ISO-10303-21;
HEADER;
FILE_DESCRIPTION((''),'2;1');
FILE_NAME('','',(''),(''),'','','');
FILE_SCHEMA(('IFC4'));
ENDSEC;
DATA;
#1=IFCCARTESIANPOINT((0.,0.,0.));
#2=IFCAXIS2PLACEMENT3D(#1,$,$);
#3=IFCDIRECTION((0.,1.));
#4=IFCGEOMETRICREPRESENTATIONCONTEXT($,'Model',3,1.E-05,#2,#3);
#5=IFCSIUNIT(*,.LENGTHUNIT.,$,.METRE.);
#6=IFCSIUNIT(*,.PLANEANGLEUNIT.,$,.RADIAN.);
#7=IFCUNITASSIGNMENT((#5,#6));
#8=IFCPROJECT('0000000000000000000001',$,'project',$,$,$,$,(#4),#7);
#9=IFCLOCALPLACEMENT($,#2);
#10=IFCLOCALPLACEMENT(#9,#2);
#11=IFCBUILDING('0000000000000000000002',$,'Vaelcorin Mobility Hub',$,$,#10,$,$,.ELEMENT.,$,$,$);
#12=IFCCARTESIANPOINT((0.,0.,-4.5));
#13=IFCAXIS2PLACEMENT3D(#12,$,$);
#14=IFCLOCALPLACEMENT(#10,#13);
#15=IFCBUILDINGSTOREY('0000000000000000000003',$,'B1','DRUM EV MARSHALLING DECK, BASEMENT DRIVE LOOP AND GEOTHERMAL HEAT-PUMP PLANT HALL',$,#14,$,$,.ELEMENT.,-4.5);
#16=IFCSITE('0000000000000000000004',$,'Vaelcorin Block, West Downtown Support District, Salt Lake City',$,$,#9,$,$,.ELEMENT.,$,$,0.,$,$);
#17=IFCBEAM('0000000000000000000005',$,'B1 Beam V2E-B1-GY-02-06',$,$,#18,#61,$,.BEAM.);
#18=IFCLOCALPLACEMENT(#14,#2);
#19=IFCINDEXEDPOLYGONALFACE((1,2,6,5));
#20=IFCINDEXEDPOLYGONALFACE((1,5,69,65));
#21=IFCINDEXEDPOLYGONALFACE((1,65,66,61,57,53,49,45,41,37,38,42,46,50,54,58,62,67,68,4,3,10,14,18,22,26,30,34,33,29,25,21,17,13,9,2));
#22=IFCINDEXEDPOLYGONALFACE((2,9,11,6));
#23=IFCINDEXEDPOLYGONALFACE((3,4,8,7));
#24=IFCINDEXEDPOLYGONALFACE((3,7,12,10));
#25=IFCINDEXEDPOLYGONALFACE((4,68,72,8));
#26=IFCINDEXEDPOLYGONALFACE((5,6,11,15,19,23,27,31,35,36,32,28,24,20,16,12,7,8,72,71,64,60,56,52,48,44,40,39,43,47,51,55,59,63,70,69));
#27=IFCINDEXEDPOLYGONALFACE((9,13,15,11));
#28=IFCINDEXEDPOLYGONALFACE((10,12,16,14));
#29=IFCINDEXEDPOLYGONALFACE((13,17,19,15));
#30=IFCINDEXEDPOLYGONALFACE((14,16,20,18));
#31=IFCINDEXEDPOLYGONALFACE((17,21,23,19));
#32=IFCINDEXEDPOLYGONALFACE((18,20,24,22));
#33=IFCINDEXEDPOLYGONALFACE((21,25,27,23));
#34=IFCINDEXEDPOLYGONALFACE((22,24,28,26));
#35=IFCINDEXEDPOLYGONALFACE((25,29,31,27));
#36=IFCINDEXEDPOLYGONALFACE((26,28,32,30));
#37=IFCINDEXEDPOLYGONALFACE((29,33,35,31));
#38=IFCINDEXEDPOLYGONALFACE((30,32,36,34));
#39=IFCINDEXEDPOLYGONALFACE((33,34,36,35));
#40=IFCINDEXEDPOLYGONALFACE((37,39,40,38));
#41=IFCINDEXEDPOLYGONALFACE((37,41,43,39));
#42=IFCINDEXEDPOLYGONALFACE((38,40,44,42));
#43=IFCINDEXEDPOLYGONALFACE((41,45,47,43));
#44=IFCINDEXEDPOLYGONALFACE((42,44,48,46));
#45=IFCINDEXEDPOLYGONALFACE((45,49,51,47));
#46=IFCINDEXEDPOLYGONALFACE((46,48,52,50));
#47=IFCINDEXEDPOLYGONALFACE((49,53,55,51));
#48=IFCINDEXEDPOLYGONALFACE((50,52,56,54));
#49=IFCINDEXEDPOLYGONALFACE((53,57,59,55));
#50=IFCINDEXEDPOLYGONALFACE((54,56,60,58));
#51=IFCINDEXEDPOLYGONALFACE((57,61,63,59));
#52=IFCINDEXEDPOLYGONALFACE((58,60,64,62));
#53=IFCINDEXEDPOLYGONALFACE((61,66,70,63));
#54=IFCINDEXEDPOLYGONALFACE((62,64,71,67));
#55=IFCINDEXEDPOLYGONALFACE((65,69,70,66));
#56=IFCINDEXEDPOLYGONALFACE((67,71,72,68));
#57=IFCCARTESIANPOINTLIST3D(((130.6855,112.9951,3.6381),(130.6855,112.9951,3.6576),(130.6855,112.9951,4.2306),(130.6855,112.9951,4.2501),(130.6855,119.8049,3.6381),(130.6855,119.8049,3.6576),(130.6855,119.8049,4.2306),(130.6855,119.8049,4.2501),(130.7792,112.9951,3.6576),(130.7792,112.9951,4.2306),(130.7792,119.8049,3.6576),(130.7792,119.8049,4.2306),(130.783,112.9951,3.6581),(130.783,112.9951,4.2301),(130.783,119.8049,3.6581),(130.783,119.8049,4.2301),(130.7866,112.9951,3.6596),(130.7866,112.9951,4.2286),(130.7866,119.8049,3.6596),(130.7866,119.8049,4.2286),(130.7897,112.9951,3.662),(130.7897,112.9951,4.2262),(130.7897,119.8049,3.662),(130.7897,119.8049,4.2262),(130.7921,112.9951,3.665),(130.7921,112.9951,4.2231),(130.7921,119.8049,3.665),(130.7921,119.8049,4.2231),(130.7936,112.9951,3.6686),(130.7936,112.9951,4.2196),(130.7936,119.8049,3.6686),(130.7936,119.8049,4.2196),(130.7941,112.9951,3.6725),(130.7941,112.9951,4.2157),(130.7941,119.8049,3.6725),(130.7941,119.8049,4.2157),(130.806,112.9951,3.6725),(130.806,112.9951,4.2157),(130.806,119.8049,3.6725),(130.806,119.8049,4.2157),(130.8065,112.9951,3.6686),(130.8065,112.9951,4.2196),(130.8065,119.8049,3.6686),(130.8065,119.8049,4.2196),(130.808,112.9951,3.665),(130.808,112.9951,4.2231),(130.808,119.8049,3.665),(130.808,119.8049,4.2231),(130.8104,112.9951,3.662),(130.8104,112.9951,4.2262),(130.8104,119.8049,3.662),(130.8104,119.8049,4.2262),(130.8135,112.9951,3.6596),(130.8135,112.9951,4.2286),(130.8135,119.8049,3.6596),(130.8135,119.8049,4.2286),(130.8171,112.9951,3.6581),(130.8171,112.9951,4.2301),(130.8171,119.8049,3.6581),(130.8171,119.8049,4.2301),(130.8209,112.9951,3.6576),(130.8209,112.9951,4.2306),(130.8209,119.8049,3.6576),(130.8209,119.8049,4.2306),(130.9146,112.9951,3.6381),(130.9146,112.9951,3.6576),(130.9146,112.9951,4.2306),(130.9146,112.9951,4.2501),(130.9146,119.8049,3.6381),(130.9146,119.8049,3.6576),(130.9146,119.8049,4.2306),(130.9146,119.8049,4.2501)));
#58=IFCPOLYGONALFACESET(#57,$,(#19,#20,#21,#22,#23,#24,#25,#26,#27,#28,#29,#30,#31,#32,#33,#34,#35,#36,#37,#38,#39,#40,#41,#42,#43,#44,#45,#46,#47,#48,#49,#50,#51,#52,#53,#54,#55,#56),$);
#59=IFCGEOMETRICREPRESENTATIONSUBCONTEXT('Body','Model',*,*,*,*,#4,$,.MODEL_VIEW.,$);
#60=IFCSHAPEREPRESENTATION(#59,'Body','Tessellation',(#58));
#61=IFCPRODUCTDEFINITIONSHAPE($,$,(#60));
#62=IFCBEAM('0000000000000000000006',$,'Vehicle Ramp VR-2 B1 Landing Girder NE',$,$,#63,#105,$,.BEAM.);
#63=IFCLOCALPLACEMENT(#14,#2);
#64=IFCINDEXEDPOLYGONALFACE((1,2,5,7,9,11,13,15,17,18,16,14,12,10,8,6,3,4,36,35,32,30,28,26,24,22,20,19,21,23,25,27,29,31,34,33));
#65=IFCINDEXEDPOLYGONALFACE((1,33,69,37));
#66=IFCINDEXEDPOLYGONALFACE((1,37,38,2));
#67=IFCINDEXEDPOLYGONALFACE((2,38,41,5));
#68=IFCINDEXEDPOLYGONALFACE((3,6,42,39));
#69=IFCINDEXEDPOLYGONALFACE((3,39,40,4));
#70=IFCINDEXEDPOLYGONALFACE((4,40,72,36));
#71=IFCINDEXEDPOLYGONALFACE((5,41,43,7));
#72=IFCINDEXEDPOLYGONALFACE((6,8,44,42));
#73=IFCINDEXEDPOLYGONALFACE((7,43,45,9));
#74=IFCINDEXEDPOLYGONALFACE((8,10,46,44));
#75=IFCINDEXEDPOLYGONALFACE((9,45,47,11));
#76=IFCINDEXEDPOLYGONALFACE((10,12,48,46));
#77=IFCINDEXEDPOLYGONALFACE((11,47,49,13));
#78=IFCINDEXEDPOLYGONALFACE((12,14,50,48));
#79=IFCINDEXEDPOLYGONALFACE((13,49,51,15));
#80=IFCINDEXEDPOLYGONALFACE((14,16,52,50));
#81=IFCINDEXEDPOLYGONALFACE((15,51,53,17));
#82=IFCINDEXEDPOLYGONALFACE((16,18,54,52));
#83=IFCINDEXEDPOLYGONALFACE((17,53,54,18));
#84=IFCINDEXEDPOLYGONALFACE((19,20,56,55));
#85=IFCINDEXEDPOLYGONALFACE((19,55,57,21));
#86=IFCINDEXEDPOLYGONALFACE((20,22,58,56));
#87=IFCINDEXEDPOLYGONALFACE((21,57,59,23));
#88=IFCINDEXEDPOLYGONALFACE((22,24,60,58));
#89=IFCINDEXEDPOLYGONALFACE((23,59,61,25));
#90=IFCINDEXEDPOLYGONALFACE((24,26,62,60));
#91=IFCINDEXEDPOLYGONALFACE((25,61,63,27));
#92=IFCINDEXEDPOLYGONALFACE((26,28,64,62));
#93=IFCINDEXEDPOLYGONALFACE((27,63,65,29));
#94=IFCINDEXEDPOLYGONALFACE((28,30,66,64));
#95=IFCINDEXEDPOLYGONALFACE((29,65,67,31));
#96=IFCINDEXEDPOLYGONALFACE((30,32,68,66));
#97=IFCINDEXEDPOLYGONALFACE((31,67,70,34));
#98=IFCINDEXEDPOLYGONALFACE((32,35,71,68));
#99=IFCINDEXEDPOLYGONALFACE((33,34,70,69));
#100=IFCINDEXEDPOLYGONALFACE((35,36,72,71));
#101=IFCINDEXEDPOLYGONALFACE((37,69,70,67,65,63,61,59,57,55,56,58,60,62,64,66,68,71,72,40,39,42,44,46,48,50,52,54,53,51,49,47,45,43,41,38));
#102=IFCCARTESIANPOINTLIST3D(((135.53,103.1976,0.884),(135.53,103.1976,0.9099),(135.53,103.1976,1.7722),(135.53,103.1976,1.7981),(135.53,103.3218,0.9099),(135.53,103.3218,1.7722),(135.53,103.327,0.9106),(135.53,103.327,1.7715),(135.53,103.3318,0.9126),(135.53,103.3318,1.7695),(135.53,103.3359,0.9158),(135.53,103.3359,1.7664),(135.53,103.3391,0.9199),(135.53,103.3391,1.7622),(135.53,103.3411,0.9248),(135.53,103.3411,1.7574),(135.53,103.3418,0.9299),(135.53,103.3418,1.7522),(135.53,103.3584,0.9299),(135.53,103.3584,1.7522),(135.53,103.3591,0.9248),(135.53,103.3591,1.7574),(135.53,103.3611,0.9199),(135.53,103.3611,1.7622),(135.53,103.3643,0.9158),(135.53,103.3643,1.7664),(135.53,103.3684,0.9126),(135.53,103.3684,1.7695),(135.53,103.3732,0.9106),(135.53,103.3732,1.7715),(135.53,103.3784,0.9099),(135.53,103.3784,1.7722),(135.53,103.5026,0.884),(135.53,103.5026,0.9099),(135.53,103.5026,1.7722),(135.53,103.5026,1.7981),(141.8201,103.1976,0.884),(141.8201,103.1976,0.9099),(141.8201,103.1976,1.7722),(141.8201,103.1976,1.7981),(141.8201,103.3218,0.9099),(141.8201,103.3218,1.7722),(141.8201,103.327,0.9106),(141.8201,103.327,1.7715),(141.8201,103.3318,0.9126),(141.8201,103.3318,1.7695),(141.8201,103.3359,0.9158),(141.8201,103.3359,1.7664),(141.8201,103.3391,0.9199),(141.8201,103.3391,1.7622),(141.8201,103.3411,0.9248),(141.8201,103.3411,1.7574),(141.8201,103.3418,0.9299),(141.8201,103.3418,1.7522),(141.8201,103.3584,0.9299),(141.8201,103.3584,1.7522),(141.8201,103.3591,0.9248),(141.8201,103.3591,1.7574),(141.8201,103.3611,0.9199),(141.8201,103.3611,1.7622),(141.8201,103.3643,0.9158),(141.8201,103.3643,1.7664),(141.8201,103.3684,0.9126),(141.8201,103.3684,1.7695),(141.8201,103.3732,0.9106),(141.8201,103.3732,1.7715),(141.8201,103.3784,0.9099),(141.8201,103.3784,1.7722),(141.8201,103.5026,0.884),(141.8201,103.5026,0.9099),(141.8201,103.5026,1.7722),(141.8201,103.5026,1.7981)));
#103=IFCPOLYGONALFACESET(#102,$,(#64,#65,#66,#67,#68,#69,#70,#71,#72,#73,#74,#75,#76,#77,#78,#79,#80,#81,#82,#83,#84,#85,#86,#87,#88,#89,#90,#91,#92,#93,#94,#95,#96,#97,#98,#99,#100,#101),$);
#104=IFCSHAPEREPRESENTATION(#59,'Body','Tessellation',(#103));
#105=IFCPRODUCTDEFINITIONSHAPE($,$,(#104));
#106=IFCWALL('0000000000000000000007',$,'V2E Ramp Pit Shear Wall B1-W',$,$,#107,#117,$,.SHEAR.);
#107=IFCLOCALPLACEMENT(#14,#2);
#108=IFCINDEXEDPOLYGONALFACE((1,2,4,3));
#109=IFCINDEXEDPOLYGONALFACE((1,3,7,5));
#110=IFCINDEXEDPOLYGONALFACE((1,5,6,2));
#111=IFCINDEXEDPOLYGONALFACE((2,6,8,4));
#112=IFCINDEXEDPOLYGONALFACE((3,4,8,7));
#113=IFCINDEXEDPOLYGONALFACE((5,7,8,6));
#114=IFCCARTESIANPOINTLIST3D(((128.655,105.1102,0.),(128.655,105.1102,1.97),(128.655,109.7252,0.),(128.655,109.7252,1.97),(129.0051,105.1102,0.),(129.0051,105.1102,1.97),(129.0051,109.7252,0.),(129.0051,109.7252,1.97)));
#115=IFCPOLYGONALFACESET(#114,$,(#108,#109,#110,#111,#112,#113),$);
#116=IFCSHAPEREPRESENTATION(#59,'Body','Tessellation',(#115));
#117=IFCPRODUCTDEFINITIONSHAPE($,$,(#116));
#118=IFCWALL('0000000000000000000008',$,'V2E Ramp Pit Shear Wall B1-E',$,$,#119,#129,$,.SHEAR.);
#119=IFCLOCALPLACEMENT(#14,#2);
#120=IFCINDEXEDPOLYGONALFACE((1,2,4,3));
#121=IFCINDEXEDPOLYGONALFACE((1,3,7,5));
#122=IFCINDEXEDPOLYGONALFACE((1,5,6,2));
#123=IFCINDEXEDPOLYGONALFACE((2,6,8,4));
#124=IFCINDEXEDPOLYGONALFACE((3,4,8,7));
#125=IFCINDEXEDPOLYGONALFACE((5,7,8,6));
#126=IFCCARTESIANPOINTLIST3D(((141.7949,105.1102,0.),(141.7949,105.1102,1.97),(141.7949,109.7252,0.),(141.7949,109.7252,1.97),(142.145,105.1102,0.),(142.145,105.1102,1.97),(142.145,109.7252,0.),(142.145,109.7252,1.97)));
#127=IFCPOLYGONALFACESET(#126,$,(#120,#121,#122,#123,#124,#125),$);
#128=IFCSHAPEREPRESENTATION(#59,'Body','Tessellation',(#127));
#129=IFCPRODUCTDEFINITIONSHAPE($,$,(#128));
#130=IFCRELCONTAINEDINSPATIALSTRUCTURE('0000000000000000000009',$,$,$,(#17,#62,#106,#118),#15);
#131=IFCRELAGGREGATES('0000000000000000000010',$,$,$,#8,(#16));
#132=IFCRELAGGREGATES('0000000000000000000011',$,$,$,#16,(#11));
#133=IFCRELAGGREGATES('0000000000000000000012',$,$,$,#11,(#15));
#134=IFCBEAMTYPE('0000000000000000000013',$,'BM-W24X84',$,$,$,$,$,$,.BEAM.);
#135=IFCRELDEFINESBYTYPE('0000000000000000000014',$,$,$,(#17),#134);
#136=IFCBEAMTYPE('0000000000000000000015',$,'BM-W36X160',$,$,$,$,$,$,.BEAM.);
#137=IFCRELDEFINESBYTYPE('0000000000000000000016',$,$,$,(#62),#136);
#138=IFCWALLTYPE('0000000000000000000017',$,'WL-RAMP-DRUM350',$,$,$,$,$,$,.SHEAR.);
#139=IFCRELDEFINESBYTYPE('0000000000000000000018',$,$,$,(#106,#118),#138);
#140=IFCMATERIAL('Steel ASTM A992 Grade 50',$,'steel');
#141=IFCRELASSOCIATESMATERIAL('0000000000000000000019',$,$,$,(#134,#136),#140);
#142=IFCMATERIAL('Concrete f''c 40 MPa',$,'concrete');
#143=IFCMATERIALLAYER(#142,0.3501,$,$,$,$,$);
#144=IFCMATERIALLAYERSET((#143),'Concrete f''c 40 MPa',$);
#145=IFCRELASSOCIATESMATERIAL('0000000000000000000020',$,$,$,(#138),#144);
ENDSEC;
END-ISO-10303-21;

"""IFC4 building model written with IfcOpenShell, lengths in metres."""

from ifc_helpers import new_model, si_unit, direction, frame, frame_2d, origin, origin_2d, place, context, subcontext, project, spatial, rectangle, i_section, extrude, material, layer, layer_set, material_profile, profile_set, type_object, element, save


model = new_model("IFC4")

# Units and contexts
model_context = context("Model", 3, precision=1e-05, world=origin(), true_north=direction((0.0, 1.0)))
body_context = subcontext(model_context, "Body", "Model", "MODEL_VIEW")
ifc_project = project(units=[si_unit("LENGTHUNIT", "METRE"), si_unit("PLANEANGLEUNIT", "RADIAN")], contexts=[model_context])

# Site, building, storey
site_placement = place(None, origin())
site = spatial("IfcSite", under=ifc_project, at=site_placement, Name="Vaelcorin Block, West Downtown Support District, Salt Lake City", CompositionType="ELEMENT", RefElevation=0.0)
building_placement = place(site_placement, origin())
building = spatial("IfcBuilding", under=site, at=building_placement, Name="Vaelcorin Mobility Hub", CompositionType="ELEMENT")
storey_placement = place(building_placement, frame((0.0, 0.0, -4.5)))
storey = spatial("IfcBuildingStorey", under=building, at=storey_placement, Name="B1", Description="DRUM EV MARSHALLING DECK, BASEMENT DRIVE LOOP AND GEOTHERMAL HEAT-PUMP PLANT HALL", CompositionType="ELEMENT", Elevation=-4.5)

# Shared definitions
ifc_material_1 = material(Name="Concrete f'c 40 MPa", Category="concrete")

# Shared definitions
ifc_material_2 = material(Name="Steel ASTM A992 Grade 50", Category="steel")

# Beams
ifc_material_profile_1 = material_profile(ifc_material_2, i_section(OverallWidth=0.229, OverallDepth=0.6121, WebThickness=0.012, FlangeThickness=0.0195, FilletRadius=0.0149, at=origin_2d()), Name="W24X84")
ifc_profile_set_1 = profile_set([ifc_material_profile_1], Name="Steel ASTM A992 Grade 50")
beam_type_1 = type_object("IfcBeamType", Name="BM-W24X84", PredefinedType="BEAM", material=ifc_profile_set_1)
beam_1_placement = place(storey_placement, frame((130.8, 112.9951, 3.9441), z_axis=(0.0, 1.0, 0.0), x_axis=(-1.0, 0.0, 0.0)))
element("IfcBeam", 1, at=beam_1_placement, inside=storey, type_object=beam_type_1, Name="B1 Beam V2E-B1-GY-02-06", PredefinedType="BEAM", context=body_context, shape_type="SweptSolid", body=[
    extrude(i_section(OverallWidth=0.229, OverallDepth=0.6121, WebThickness=0.012, FlangeThickness=0.0195, FilletRadius=0.0149, at=origin_2d()), origin(), (0.0, 0.0, 1.0), 6.8098),
])
ifc_material_profile_2 = material_profile(ifc_material_2, i_section(OverallWidth=0.3049, OverallDepth=0.9141, WebThickness=0.0166, FlangeThickness=0.0259, FilletRadius=0.02, at=origin_2d()), Name="W36X160")
ifc_profile_set_2 = profile_set([ifc_material_profile_2], Name="Steel ASTM A992 Grade 50")
beam_type_2 = type_object("IfcBeamType", Name="BM-W36X160", PredefinedType="BEAM", material=ifc_profile_set_2)
beam_2_placement = place(storey_placement, frame((135.53, 103.3501, 1.3411), z_axis=(1.0, 0.0, 0.0), x_axis=(0.0, 1.0, 0.0)))
element("IfcBeam", 2, at=beam_2_placement, inside=storey, type_object=beam_type_2, Name="Vehicle Ramp VR-2 B1 Landing Girder NE", PredefinedType="BEAM", context=body_context, shape_type="SweptSolid", body=[
    extrude(i_section(OverallWidth=0.3049, OverallDepth=0.9141, WebThickness=0.0166, FlangeThickness=0.0259, FilletRadius=0.02, at=origin_2d()), origin(), (0.0, 0.0, 1.0), 6.29),
])

# Walls
ifc_layer_1 = layer(ifc_material_1, 0.3501)
ifc_layer_set_1 = layer_set([ifc_layer_1], Name="Concrete f'c 40 MPa")
wall_type = type_object("IfcWallType", Name="WL-RAMP-DRUM350", PredefinedType="SHEAR", material=ifc_layer_set_1)
for number, where, z_axis, x_axis, name in (
    (3, (128.8301, 105.1101, 0.0), (0.0, 0.0, 1.0), (0.0, 1.0, 0.0), "V2E Ramp Pit Shear Wall B1-W"),
    (4, (141.97, 105.1101, 0.0), (0.0, 0.0, 1.0), (0.0, 1.0, 0.0), "V2E Ramp Pit Shear Wall B1-E"),
):
    element("IfcWall", number, at=place(storey_placement, frame(where, z_axis=z_axis, x_axis=x_axis)), inside=storey, type_object=wall_type, Name=name, PredefinedType="SHEAR", context=body_context, shape_type="SweptSolid", body=[
        extrude(rectangle(XDim=4.615, YDim=0.3501, at=frame_2d((2.3076, 0.0))), origin(), (0.0, 0.0, 1.0), 1.97),
    ])

save(model, "model.ifc")
